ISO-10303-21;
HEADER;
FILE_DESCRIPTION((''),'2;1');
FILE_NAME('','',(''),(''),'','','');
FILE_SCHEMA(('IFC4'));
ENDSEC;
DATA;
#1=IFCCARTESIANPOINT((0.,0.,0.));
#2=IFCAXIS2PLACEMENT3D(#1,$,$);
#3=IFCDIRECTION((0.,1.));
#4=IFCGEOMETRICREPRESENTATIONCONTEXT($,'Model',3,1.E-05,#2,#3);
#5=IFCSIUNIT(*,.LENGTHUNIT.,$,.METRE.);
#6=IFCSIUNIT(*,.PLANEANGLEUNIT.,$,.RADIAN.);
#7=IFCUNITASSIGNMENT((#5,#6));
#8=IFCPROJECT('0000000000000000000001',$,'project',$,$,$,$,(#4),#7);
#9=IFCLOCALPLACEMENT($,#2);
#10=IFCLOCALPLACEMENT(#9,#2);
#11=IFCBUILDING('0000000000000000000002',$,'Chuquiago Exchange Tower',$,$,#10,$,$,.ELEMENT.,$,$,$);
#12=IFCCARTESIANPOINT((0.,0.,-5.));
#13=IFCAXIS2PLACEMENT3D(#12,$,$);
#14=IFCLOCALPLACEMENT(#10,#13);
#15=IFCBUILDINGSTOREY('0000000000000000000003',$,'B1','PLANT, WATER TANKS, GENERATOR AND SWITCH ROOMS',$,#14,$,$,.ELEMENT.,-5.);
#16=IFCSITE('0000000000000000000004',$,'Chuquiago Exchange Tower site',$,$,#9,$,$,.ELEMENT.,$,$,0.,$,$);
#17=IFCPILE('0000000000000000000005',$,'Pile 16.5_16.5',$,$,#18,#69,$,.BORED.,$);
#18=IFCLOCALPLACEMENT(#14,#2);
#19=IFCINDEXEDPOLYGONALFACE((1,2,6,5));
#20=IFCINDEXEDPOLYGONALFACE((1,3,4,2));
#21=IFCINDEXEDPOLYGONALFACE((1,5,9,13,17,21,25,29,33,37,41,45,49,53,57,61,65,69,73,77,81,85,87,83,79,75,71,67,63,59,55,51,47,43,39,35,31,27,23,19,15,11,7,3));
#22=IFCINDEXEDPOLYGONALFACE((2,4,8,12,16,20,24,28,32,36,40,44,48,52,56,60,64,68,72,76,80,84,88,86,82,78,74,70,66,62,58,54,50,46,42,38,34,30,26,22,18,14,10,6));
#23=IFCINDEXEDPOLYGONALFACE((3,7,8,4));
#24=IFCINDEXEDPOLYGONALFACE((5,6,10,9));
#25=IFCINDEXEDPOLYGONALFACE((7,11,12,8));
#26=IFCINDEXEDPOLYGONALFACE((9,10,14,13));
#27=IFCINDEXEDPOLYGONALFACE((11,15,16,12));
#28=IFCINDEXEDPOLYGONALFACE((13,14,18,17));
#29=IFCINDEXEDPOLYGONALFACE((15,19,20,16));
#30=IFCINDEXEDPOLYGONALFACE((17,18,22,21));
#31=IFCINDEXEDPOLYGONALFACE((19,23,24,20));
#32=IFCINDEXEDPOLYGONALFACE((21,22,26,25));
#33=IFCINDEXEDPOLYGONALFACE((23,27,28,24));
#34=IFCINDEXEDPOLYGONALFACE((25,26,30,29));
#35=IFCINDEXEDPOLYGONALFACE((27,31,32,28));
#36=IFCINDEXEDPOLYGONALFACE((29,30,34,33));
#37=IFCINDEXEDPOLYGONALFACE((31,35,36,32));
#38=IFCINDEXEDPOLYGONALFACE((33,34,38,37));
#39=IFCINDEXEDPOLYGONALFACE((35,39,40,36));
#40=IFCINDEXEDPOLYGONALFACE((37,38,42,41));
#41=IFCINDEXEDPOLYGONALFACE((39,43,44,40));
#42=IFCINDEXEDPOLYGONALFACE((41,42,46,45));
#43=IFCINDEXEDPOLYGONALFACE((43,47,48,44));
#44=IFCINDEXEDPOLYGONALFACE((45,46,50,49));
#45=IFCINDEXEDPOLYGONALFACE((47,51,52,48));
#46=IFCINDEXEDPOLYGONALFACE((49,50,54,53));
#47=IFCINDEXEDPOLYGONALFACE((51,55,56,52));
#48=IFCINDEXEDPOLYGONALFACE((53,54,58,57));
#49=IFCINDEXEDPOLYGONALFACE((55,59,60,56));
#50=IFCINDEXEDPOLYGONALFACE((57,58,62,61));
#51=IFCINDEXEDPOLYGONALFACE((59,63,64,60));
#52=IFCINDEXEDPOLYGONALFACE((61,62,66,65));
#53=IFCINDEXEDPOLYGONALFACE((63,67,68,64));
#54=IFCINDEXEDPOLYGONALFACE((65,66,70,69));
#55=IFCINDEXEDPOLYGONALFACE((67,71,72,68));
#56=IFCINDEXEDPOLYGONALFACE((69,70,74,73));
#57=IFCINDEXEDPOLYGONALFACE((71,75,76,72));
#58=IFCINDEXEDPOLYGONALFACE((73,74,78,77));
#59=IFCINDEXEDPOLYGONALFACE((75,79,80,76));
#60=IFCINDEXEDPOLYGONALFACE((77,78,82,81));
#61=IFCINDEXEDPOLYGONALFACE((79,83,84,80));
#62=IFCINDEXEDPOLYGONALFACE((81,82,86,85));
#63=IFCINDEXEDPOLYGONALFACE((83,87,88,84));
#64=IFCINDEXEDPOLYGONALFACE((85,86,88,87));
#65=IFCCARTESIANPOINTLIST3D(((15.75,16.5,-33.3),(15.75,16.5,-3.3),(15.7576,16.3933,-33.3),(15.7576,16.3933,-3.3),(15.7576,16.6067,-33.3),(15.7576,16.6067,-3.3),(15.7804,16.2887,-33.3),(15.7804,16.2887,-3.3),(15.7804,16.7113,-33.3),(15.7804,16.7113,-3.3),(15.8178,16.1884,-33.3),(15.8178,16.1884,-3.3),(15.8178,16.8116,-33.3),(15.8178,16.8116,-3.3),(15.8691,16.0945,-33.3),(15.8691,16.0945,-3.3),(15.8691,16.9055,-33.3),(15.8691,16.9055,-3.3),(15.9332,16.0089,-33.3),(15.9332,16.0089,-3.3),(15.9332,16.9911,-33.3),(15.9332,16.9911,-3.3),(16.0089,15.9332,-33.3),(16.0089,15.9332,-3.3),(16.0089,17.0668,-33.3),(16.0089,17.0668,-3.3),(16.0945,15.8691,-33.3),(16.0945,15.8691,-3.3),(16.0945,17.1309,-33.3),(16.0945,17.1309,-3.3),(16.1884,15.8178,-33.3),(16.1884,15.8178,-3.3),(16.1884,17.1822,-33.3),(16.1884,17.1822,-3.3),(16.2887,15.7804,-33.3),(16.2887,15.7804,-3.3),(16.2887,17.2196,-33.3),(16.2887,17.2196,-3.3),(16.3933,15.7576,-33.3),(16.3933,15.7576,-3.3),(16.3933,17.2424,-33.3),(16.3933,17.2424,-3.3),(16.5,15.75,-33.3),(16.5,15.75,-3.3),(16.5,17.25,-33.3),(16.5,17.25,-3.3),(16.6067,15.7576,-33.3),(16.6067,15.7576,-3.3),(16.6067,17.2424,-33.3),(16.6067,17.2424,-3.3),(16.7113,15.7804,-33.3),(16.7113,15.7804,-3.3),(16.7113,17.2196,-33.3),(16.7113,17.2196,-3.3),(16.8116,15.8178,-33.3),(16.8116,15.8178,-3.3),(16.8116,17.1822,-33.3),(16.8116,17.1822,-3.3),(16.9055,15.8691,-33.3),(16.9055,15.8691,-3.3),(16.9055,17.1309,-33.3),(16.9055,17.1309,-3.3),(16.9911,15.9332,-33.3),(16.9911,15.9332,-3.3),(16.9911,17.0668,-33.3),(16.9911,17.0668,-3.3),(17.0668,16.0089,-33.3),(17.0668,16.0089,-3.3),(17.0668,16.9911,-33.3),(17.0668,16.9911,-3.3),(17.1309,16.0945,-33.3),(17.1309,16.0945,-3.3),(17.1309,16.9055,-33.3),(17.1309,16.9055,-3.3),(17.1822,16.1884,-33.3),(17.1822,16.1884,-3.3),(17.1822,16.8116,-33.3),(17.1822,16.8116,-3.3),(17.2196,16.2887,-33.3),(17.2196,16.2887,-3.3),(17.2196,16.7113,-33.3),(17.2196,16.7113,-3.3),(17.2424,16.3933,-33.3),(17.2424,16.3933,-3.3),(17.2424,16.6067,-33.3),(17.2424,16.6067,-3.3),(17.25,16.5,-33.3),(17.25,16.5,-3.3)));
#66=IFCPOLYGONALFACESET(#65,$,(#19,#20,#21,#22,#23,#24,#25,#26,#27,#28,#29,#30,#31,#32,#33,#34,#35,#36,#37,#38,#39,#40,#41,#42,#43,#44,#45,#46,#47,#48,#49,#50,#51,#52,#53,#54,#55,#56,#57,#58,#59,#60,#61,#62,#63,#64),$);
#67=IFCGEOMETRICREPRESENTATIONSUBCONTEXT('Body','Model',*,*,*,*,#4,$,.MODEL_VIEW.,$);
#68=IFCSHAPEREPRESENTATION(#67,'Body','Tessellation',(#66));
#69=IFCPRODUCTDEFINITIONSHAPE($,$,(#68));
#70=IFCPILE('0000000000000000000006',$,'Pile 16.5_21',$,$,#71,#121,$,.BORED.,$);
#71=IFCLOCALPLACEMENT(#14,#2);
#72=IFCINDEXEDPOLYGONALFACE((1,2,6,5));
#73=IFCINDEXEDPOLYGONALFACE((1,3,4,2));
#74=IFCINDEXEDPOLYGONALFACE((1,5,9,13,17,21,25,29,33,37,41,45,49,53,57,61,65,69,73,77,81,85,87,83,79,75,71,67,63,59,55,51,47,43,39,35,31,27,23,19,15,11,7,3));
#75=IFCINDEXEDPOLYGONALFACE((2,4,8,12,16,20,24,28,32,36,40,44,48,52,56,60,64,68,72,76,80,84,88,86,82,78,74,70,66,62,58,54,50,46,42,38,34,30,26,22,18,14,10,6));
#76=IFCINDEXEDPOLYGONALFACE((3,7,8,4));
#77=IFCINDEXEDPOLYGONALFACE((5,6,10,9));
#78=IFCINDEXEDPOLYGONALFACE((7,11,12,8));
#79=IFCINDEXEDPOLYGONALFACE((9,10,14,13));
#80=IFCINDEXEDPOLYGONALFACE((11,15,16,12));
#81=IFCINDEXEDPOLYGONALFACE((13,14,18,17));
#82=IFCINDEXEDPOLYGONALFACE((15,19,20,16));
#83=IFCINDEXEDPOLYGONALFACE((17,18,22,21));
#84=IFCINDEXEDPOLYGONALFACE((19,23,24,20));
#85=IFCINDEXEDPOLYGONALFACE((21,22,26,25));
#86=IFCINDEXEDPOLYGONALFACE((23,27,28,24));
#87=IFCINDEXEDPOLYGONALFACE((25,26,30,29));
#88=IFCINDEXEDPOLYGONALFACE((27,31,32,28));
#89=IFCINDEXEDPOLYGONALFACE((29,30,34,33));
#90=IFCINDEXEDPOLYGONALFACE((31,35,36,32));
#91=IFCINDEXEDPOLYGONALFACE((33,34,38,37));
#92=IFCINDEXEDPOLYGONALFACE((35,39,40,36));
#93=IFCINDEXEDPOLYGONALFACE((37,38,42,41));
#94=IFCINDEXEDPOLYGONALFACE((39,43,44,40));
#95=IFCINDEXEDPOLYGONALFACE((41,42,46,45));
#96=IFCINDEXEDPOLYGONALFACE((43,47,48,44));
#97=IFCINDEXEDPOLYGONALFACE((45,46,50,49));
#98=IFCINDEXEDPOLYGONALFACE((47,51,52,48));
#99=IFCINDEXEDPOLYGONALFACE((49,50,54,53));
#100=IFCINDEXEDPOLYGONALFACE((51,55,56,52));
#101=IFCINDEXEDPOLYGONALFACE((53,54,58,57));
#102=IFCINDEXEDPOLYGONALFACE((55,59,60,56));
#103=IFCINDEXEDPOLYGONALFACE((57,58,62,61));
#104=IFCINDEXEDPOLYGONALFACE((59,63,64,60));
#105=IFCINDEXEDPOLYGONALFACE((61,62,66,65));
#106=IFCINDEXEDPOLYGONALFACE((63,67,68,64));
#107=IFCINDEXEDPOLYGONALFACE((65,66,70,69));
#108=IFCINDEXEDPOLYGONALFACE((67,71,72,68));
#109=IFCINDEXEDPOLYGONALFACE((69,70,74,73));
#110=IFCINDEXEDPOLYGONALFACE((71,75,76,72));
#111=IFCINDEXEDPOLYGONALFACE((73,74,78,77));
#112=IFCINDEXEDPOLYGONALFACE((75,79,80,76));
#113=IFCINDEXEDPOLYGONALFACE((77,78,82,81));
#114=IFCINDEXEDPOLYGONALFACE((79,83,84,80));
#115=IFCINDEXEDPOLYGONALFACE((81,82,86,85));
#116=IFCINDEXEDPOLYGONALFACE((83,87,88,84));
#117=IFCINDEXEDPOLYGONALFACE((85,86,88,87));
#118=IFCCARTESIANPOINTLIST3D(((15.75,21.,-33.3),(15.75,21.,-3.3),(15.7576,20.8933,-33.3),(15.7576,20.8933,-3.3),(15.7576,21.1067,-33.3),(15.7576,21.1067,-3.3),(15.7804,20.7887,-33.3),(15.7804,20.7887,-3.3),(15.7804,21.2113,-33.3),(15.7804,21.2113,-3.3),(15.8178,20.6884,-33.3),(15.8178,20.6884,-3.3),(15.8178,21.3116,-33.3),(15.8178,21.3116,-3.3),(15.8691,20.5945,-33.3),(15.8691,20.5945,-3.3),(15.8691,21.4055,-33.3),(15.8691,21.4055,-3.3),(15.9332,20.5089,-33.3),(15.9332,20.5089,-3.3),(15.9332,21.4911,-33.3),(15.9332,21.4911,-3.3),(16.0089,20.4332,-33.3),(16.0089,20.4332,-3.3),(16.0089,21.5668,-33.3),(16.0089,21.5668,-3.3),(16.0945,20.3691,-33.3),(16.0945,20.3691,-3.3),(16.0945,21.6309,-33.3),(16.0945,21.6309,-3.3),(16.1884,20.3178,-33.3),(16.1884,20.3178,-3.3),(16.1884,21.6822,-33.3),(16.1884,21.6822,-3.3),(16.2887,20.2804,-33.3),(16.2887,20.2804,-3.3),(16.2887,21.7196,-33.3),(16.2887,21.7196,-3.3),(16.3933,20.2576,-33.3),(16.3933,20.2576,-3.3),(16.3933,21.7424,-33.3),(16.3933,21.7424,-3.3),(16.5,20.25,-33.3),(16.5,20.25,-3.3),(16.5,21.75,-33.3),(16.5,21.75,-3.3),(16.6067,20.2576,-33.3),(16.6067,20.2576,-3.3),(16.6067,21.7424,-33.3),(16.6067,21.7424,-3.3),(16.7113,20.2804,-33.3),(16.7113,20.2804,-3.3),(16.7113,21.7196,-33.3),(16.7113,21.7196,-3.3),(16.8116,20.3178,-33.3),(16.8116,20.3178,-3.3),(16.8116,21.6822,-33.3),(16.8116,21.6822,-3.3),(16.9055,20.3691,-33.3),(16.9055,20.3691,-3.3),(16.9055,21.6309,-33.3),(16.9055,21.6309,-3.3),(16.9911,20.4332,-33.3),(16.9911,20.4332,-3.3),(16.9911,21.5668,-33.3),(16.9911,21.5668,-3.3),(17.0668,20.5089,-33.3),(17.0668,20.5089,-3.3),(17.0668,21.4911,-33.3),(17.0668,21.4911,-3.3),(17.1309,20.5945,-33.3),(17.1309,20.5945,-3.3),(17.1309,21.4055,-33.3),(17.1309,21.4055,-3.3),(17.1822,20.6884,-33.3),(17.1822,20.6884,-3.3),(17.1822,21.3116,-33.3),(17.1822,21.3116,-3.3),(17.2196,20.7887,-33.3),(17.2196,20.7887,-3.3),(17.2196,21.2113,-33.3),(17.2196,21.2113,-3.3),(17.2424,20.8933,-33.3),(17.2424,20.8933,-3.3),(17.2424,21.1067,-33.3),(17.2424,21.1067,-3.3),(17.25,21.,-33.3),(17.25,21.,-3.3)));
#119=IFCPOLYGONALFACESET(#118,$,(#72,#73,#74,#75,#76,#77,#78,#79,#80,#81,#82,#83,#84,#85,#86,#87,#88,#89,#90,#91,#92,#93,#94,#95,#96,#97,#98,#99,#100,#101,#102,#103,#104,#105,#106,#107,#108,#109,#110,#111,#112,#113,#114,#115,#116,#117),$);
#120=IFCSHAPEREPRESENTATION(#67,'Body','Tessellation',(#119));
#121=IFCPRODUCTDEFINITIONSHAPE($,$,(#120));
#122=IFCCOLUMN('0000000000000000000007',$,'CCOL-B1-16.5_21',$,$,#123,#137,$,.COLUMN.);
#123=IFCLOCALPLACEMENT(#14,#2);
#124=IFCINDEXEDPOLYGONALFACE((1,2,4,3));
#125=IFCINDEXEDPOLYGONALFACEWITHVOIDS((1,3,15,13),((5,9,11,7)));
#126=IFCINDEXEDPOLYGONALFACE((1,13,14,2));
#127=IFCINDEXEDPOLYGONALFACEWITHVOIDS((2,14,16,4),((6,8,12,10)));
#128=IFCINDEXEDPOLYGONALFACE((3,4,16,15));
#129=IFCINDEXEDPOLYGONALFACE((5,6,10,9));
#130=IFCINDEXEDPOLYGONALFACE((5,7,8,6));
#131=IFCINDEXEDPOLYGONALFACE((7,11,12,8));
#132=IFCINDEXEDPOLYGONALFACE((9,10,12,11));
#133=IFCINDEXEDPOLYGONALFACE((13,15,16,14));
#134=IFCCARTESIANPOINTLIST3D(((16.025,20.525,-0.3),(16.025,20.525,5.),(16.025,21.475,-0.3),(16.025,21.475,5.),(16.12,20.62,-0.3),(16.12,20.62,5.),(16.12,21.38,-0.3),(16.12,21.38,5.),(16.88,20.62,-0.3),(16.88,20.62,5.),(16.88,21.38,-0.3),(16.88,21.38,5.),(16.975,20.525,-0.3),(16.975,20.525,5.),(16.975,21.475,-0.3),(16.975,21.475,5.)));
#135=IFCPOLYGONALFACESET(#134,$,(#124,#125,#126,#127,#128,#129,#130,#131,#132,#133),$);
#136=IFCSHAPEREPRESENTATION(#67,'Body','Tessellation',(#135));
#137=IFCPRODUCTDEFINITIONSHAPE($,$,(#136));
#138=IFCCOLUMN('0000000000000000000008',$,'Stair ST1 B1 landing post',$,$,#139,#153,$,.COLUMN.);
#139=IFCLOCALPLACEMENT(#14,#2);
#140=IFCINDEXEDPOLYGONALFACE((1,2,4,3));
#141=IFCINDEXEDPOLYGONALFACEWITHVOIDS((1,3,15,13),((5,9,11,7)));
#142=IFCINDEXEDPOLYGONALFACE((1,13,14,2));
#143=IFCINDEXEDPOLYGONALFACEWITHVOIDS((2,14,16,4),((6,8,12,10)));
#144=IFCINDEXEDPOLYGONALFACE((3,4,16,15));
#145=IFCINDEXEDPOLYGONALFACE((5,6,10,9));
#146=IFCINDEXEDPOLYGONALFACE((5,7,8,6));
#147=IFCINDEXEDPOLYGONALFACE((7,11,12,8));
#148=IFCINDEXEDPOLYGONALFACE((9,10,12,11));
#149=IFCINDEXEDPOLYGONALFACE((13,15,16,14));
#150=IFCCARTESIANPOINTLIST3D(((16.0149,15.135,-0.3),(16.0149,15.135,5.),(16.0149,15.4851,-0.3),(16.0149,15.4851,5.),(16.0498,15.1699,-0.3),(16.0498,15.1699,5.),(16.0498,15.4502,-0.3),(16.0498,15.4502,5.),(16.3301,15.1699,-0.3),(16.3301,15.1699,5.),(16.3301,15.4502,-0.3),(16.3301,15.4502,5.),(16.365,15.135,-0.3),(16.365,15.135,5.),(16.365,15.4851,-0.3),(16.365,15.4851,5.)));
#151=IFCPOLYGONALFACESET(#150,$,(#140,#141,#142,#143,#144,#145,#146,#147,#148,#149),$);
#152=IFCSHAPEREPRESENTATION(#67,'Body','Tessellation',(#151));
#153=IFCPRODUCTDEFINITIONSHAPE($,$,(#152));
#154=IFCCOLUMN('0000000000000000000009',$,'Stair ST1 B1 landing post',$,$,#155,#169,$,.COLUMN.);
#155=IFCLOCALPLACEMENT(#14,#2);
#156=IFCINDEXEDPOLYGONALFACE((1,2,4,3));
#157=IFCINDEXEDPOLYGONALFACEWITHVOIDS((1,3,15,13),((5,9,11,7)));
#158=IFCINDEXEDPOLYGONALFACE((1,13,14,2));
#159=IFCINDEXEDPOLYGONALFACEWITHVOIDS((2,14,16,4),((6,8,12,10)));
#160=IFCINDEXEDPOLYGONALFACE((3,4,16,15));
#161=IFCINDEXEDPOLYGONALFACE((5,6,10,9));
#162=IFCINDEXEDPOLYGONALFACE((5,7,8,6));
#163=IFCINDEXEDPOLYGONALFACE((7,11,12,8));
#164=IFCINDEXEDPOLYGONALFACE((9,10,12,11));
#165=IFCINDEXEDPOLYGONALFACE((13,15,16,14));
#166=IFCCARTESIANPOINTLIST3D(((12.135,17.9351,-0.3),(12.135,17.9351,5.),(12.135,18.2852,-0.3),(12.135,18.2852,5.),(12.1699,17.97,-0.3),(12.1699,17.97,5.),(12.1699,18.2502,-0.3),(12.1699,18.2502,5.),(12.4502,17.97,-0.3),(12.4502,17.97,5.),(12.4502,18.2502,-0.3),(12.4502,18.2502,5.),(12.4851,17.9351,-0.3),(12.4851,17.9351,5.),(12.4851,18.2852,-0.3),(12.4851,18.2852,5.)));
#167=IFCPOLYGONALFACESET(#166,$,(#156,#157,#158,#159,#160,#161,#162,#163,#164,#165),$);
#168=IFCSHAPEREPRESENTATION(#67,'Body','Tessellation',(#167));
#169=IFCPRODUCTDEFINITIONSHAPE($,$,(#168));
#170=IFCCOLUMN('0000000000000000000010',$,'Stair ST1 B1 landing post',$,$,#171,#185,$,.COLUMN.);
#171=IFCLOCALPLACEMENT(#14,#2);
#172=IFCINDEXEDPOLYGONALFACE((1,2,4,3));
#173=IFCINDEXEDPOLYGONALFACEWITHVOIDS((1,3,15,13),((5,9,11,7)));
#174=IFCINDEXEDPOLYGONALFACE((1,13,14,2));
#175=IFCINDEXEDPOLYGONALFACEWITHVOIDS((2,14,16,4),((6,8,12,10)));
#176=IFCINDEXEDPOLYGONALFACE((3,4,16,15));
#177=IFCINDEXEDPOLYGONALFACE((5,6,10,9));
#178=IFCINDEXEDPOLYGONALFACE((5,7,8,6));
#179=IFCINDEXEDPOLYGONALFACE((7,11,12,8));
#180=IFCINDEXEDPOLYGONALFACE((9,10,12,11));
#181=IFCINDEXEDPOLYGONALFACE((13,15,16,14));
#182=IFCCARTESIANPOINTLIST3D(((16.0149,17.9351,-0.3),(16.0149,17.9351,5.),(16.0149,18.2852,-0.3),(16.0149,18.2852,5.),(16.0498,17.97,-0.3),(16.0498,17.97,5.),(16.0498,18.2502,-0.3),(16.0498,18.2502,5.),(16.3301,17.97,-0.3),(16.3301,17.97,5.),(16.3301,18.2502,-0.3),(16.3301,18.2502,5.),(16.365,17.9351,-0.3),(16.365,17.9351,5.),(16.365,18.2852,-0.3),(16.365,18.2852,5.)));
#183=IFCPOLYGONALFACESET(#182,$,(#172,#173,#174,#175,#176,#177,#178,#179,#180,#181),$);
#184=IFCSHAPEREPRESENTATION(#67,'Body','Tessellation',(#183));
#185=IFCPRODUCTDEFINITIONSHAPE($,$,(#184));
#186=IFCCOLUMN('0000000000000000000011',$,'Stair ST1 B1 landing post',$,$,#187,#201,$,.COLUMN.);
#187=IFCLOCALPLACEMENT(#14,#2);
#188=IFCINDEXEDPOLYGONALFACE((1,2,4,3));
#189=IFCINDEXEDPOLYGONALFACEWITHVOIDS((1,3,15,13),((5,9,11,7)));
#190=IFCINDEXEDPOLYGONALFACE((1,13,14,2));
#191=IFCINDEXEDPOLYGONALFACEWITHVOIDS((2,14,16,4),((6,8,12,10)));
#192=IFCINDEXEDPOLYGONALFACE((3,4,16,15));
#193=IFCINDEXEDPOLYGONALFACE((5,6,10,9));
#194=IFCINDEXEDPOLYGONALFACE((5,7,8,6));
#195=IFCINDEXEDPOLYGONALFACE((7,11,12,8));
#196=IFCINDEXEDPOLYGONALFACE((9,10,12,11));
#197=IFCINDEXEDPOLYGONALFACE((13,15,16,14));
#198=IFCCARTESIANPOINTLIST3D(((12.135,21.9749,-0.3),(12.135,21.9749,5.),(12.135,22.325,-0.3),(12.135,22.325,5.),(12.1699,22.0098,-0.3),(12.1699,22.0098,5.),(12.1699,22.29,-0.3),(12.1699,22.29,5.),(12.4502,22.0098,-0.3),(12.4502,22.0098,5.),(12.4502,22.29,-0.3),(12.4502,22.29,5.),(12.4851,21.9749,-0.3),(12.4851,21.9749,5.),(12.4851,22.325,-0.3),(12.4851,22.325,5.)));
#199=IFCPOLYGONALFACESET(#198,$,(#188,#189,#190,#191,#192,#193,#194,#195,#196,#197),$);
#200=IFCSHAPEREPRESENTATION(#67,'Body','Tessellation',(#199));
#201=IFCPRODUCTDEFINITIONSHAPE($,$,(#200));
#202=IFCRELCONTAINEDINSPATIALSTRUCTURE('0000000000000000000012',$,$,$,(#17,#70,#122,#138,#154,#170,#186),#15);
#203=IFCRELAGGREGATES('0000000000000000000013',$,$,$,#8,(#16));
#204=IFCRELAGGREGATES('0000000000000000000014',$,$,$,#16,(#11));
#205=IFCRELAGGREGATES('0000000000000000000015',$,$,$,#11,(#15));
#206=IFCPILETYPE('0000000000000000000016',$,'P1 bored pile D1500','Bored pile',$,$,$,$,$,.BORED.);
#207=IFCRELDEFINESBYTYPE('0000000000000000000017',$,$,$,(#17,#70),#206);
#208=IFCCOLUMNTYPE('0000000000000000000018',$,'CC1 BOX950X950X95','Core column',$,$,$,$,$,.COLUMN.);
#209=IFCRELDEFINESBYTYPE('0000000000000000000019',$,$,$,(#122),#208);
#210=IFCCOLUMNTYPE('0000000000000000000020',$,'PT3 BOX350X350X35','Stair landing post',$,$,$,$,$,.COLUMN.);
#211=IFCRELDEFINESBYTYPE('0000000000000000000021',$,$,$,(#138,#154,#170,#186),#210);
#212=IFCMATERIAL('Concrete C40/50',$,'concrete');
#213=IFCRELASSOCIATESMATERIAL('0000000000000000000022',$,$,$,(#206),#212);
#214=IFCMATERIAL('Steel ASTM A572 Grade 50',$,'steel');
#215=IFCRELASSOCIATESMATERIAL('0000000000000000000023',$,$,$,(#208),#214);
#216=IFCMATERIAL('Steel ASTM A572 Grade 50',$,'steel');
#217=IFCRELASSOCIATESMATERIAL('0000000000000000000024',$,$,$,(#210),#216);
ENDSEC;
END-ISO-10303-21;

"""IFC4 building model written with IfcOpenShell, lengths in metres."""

from ifc_helpers import new_model, si_unit, direction, frame, origin, origin_2d, place, context, subcontext, project, spatial, hollow_rectangle, circle, extrude, material, material_profile, profile_set, type_object, element, save


model = new_model("IFC4")

# Units and contexts
model_context = context("Model", 3, precision=1e-05, world=origin(), true_north=direction((0.0, 1.0)))
body_context = subcontext(model_context, "Body", "Model", "MODEL_VIEW")
ifc_project = project(units=[si_unit("LENGTHUNIT", "METRE"), si_unit("PLANEANGLEUNIT", "RADIAN")], contexts=[model_context])

# Site, building, storey
site_placement = place(None, origin())
site = spatial("IfcSite", under=ifc_project, at=site_placement, Name="Chuquiago Exchange Tower site", CompositionType="ELEMENT", RefElevation=0.0)
building_placement = place(site_placement, origin())
building = spatial("IfcBuilding", under=site, at=building_placement, Name="Chuquiago Exchange Tower", CompositionType="ELEMENT")
storey_placement = place(building_placement, frame((0.0, 0.0, -5.0)))
storey = spatial("IfcBuildingStorey", under=building, at=storey_placement, Name="B1", Description="PLANT, WATER TANKS, GENERATOR AND SWITCH ROOMS", CompositionType="ELEMENT", Elevation=-5.0)

# Piles
ifc_material_1 = material(Name="Concrete C40/50", Category="concrete")
ifc_material_profile_1 = material_profile(ifc_material_1, circle(Radius=0.75, at=origin_2d()), Name="D1500")
ifc_profile_set_1 = profile_set([ifc_material_profile_1], Name="Concrete C40/50")
pile_type = type_object("IfcPileType", Name="P1 bored pile D1500", Description="Bored pile", PredefinedType="BORED", material=ifc_profile_set_1)
for number, where, z_axis, x_axis, name in (
    (1, (16.5, 16.5, -3.3), (0.0, 0.0, -1.0), (1.0, 0.0, 0.0), "Pile 16.5_16.5"),
    (2, (16.5, 21.0, -3.3), (0.0, 0.0, -1.0), (1.0, 0.0, 0.0), "Pile 16.5_21"),
):
    element("IfcPile", number, at=place(storey_placement, frame(where, z_axis=z_axis, x_axis=x_axis)), inside=storey, type_object=pile_type, Name=name, PredefinedType="BORED", context=body_context, shape_type="SweptSolid", body=[
        extrude(circle(Radius=0.75, at=origin_2d()), origin(), (0.0, 0.0, 1.0), 30.0),
    ])

# Columns
ifc_material_2 = material(Name="Steel ASTM A572 Grade 50", Category="steel")
ifc_material_profile_2 = material_profile(ifc_material_2, hollow_rectangle(XDim=0.95, YDim=0.95, WallThickness=0.095, at=origin_2d()), Name="BOX950X950X95")
ifc_profile_set_2 = profile_set([ifc_material_profile_2], Name="Steel ASTM A572 Grade 50")
column_type_1 = type_object("IfcColumnType", Name="CC1 BOX950X950X95", Description="Core column", PredefinedType="COLUMN", material=ifc_profile_set_2)
column_placement = place(storey_placement, frame((16.5, 21.0, -0.3), z_axis=(0.0, 0.0, 1.0), x_axis=(1.0, 0.0, 0.0)))
element("IfcColumn", 3, at=column_placement, inside=storey, type_object=column_type_1, Name="CCOL-B1-16.5_21", PredefinedType="COLUMN", context=body_context, shape_type="SweptSolid", body=[
    extrude(hollow_rectangle(XDim=0.95, YDim=0.95, WallThickness=0.095, at=origin_2d()), origin(), (0.0, 0.0, 1.0), 5.3),
])
ifc_material_3 = material(Name="Steel ASTM A572 Grade 50", Category="steel")
ifc_material_profile_3 = material_profile(ifc_material_3, hollow_rectangle(XDim=0.3501, YDim=0.3501, WallThickness=0.0349, at=origin_2d()), Name="BOX350X350X35")
ifc_profile_set_3 = profile_set([ifc_material_profile_3], Name="Steel ASTM A572 Grade 50")
column_type_2 = type_object("IfcColumnType", Name="PT3 BOX350X350X35", Description="Stair landing post", PredefinedType="COLUMN", material=ifc_profile_set_3)
for number, where, z_axis, x_axis, name in (
    (4, (16.1899, 15.3101, -0.3), (0.0, 0.0, 1.0), (1.0, 0.0, 0.0), "Stair ST1 B1 landing post"),
    (5, (12.3101, 18.1101, -0.3), (0.0, 0.0, 1.0), (1.0, 0.0, 0.0), "Stair ST1 B1 landing post"),
    (6, (16.1899, 18.1101, -0.3), (0.0, 0.0, 1.0), (1.0, 0.0, 0.0), "Stair ST1 B1 landing post"),
    (7, (12.3101, 22.1499, -0.3), (0.0, 0.0, 1.0), (1.0, 0.0, 0.0), "Stair ST1 B1 landing post"),
):
    element("IfcColumn", number, at=place(storey_placement, frame(where, z_axis=z_axis, x_axis=x_axis)), inside=storey, type_object=column_type_2, Name=name, PredefinedType="COLUMN", context=body_context, shape_type="SweptSolid", body=[
        extrude(hollow_rectangle(XDim=0.3501, YDim=0.3501, WallThickness=0.0349, at=origin_2d()), origin(), (0.0, 0.0, 1.0), 5.3),
    ])

save(model, "model.ifc")
